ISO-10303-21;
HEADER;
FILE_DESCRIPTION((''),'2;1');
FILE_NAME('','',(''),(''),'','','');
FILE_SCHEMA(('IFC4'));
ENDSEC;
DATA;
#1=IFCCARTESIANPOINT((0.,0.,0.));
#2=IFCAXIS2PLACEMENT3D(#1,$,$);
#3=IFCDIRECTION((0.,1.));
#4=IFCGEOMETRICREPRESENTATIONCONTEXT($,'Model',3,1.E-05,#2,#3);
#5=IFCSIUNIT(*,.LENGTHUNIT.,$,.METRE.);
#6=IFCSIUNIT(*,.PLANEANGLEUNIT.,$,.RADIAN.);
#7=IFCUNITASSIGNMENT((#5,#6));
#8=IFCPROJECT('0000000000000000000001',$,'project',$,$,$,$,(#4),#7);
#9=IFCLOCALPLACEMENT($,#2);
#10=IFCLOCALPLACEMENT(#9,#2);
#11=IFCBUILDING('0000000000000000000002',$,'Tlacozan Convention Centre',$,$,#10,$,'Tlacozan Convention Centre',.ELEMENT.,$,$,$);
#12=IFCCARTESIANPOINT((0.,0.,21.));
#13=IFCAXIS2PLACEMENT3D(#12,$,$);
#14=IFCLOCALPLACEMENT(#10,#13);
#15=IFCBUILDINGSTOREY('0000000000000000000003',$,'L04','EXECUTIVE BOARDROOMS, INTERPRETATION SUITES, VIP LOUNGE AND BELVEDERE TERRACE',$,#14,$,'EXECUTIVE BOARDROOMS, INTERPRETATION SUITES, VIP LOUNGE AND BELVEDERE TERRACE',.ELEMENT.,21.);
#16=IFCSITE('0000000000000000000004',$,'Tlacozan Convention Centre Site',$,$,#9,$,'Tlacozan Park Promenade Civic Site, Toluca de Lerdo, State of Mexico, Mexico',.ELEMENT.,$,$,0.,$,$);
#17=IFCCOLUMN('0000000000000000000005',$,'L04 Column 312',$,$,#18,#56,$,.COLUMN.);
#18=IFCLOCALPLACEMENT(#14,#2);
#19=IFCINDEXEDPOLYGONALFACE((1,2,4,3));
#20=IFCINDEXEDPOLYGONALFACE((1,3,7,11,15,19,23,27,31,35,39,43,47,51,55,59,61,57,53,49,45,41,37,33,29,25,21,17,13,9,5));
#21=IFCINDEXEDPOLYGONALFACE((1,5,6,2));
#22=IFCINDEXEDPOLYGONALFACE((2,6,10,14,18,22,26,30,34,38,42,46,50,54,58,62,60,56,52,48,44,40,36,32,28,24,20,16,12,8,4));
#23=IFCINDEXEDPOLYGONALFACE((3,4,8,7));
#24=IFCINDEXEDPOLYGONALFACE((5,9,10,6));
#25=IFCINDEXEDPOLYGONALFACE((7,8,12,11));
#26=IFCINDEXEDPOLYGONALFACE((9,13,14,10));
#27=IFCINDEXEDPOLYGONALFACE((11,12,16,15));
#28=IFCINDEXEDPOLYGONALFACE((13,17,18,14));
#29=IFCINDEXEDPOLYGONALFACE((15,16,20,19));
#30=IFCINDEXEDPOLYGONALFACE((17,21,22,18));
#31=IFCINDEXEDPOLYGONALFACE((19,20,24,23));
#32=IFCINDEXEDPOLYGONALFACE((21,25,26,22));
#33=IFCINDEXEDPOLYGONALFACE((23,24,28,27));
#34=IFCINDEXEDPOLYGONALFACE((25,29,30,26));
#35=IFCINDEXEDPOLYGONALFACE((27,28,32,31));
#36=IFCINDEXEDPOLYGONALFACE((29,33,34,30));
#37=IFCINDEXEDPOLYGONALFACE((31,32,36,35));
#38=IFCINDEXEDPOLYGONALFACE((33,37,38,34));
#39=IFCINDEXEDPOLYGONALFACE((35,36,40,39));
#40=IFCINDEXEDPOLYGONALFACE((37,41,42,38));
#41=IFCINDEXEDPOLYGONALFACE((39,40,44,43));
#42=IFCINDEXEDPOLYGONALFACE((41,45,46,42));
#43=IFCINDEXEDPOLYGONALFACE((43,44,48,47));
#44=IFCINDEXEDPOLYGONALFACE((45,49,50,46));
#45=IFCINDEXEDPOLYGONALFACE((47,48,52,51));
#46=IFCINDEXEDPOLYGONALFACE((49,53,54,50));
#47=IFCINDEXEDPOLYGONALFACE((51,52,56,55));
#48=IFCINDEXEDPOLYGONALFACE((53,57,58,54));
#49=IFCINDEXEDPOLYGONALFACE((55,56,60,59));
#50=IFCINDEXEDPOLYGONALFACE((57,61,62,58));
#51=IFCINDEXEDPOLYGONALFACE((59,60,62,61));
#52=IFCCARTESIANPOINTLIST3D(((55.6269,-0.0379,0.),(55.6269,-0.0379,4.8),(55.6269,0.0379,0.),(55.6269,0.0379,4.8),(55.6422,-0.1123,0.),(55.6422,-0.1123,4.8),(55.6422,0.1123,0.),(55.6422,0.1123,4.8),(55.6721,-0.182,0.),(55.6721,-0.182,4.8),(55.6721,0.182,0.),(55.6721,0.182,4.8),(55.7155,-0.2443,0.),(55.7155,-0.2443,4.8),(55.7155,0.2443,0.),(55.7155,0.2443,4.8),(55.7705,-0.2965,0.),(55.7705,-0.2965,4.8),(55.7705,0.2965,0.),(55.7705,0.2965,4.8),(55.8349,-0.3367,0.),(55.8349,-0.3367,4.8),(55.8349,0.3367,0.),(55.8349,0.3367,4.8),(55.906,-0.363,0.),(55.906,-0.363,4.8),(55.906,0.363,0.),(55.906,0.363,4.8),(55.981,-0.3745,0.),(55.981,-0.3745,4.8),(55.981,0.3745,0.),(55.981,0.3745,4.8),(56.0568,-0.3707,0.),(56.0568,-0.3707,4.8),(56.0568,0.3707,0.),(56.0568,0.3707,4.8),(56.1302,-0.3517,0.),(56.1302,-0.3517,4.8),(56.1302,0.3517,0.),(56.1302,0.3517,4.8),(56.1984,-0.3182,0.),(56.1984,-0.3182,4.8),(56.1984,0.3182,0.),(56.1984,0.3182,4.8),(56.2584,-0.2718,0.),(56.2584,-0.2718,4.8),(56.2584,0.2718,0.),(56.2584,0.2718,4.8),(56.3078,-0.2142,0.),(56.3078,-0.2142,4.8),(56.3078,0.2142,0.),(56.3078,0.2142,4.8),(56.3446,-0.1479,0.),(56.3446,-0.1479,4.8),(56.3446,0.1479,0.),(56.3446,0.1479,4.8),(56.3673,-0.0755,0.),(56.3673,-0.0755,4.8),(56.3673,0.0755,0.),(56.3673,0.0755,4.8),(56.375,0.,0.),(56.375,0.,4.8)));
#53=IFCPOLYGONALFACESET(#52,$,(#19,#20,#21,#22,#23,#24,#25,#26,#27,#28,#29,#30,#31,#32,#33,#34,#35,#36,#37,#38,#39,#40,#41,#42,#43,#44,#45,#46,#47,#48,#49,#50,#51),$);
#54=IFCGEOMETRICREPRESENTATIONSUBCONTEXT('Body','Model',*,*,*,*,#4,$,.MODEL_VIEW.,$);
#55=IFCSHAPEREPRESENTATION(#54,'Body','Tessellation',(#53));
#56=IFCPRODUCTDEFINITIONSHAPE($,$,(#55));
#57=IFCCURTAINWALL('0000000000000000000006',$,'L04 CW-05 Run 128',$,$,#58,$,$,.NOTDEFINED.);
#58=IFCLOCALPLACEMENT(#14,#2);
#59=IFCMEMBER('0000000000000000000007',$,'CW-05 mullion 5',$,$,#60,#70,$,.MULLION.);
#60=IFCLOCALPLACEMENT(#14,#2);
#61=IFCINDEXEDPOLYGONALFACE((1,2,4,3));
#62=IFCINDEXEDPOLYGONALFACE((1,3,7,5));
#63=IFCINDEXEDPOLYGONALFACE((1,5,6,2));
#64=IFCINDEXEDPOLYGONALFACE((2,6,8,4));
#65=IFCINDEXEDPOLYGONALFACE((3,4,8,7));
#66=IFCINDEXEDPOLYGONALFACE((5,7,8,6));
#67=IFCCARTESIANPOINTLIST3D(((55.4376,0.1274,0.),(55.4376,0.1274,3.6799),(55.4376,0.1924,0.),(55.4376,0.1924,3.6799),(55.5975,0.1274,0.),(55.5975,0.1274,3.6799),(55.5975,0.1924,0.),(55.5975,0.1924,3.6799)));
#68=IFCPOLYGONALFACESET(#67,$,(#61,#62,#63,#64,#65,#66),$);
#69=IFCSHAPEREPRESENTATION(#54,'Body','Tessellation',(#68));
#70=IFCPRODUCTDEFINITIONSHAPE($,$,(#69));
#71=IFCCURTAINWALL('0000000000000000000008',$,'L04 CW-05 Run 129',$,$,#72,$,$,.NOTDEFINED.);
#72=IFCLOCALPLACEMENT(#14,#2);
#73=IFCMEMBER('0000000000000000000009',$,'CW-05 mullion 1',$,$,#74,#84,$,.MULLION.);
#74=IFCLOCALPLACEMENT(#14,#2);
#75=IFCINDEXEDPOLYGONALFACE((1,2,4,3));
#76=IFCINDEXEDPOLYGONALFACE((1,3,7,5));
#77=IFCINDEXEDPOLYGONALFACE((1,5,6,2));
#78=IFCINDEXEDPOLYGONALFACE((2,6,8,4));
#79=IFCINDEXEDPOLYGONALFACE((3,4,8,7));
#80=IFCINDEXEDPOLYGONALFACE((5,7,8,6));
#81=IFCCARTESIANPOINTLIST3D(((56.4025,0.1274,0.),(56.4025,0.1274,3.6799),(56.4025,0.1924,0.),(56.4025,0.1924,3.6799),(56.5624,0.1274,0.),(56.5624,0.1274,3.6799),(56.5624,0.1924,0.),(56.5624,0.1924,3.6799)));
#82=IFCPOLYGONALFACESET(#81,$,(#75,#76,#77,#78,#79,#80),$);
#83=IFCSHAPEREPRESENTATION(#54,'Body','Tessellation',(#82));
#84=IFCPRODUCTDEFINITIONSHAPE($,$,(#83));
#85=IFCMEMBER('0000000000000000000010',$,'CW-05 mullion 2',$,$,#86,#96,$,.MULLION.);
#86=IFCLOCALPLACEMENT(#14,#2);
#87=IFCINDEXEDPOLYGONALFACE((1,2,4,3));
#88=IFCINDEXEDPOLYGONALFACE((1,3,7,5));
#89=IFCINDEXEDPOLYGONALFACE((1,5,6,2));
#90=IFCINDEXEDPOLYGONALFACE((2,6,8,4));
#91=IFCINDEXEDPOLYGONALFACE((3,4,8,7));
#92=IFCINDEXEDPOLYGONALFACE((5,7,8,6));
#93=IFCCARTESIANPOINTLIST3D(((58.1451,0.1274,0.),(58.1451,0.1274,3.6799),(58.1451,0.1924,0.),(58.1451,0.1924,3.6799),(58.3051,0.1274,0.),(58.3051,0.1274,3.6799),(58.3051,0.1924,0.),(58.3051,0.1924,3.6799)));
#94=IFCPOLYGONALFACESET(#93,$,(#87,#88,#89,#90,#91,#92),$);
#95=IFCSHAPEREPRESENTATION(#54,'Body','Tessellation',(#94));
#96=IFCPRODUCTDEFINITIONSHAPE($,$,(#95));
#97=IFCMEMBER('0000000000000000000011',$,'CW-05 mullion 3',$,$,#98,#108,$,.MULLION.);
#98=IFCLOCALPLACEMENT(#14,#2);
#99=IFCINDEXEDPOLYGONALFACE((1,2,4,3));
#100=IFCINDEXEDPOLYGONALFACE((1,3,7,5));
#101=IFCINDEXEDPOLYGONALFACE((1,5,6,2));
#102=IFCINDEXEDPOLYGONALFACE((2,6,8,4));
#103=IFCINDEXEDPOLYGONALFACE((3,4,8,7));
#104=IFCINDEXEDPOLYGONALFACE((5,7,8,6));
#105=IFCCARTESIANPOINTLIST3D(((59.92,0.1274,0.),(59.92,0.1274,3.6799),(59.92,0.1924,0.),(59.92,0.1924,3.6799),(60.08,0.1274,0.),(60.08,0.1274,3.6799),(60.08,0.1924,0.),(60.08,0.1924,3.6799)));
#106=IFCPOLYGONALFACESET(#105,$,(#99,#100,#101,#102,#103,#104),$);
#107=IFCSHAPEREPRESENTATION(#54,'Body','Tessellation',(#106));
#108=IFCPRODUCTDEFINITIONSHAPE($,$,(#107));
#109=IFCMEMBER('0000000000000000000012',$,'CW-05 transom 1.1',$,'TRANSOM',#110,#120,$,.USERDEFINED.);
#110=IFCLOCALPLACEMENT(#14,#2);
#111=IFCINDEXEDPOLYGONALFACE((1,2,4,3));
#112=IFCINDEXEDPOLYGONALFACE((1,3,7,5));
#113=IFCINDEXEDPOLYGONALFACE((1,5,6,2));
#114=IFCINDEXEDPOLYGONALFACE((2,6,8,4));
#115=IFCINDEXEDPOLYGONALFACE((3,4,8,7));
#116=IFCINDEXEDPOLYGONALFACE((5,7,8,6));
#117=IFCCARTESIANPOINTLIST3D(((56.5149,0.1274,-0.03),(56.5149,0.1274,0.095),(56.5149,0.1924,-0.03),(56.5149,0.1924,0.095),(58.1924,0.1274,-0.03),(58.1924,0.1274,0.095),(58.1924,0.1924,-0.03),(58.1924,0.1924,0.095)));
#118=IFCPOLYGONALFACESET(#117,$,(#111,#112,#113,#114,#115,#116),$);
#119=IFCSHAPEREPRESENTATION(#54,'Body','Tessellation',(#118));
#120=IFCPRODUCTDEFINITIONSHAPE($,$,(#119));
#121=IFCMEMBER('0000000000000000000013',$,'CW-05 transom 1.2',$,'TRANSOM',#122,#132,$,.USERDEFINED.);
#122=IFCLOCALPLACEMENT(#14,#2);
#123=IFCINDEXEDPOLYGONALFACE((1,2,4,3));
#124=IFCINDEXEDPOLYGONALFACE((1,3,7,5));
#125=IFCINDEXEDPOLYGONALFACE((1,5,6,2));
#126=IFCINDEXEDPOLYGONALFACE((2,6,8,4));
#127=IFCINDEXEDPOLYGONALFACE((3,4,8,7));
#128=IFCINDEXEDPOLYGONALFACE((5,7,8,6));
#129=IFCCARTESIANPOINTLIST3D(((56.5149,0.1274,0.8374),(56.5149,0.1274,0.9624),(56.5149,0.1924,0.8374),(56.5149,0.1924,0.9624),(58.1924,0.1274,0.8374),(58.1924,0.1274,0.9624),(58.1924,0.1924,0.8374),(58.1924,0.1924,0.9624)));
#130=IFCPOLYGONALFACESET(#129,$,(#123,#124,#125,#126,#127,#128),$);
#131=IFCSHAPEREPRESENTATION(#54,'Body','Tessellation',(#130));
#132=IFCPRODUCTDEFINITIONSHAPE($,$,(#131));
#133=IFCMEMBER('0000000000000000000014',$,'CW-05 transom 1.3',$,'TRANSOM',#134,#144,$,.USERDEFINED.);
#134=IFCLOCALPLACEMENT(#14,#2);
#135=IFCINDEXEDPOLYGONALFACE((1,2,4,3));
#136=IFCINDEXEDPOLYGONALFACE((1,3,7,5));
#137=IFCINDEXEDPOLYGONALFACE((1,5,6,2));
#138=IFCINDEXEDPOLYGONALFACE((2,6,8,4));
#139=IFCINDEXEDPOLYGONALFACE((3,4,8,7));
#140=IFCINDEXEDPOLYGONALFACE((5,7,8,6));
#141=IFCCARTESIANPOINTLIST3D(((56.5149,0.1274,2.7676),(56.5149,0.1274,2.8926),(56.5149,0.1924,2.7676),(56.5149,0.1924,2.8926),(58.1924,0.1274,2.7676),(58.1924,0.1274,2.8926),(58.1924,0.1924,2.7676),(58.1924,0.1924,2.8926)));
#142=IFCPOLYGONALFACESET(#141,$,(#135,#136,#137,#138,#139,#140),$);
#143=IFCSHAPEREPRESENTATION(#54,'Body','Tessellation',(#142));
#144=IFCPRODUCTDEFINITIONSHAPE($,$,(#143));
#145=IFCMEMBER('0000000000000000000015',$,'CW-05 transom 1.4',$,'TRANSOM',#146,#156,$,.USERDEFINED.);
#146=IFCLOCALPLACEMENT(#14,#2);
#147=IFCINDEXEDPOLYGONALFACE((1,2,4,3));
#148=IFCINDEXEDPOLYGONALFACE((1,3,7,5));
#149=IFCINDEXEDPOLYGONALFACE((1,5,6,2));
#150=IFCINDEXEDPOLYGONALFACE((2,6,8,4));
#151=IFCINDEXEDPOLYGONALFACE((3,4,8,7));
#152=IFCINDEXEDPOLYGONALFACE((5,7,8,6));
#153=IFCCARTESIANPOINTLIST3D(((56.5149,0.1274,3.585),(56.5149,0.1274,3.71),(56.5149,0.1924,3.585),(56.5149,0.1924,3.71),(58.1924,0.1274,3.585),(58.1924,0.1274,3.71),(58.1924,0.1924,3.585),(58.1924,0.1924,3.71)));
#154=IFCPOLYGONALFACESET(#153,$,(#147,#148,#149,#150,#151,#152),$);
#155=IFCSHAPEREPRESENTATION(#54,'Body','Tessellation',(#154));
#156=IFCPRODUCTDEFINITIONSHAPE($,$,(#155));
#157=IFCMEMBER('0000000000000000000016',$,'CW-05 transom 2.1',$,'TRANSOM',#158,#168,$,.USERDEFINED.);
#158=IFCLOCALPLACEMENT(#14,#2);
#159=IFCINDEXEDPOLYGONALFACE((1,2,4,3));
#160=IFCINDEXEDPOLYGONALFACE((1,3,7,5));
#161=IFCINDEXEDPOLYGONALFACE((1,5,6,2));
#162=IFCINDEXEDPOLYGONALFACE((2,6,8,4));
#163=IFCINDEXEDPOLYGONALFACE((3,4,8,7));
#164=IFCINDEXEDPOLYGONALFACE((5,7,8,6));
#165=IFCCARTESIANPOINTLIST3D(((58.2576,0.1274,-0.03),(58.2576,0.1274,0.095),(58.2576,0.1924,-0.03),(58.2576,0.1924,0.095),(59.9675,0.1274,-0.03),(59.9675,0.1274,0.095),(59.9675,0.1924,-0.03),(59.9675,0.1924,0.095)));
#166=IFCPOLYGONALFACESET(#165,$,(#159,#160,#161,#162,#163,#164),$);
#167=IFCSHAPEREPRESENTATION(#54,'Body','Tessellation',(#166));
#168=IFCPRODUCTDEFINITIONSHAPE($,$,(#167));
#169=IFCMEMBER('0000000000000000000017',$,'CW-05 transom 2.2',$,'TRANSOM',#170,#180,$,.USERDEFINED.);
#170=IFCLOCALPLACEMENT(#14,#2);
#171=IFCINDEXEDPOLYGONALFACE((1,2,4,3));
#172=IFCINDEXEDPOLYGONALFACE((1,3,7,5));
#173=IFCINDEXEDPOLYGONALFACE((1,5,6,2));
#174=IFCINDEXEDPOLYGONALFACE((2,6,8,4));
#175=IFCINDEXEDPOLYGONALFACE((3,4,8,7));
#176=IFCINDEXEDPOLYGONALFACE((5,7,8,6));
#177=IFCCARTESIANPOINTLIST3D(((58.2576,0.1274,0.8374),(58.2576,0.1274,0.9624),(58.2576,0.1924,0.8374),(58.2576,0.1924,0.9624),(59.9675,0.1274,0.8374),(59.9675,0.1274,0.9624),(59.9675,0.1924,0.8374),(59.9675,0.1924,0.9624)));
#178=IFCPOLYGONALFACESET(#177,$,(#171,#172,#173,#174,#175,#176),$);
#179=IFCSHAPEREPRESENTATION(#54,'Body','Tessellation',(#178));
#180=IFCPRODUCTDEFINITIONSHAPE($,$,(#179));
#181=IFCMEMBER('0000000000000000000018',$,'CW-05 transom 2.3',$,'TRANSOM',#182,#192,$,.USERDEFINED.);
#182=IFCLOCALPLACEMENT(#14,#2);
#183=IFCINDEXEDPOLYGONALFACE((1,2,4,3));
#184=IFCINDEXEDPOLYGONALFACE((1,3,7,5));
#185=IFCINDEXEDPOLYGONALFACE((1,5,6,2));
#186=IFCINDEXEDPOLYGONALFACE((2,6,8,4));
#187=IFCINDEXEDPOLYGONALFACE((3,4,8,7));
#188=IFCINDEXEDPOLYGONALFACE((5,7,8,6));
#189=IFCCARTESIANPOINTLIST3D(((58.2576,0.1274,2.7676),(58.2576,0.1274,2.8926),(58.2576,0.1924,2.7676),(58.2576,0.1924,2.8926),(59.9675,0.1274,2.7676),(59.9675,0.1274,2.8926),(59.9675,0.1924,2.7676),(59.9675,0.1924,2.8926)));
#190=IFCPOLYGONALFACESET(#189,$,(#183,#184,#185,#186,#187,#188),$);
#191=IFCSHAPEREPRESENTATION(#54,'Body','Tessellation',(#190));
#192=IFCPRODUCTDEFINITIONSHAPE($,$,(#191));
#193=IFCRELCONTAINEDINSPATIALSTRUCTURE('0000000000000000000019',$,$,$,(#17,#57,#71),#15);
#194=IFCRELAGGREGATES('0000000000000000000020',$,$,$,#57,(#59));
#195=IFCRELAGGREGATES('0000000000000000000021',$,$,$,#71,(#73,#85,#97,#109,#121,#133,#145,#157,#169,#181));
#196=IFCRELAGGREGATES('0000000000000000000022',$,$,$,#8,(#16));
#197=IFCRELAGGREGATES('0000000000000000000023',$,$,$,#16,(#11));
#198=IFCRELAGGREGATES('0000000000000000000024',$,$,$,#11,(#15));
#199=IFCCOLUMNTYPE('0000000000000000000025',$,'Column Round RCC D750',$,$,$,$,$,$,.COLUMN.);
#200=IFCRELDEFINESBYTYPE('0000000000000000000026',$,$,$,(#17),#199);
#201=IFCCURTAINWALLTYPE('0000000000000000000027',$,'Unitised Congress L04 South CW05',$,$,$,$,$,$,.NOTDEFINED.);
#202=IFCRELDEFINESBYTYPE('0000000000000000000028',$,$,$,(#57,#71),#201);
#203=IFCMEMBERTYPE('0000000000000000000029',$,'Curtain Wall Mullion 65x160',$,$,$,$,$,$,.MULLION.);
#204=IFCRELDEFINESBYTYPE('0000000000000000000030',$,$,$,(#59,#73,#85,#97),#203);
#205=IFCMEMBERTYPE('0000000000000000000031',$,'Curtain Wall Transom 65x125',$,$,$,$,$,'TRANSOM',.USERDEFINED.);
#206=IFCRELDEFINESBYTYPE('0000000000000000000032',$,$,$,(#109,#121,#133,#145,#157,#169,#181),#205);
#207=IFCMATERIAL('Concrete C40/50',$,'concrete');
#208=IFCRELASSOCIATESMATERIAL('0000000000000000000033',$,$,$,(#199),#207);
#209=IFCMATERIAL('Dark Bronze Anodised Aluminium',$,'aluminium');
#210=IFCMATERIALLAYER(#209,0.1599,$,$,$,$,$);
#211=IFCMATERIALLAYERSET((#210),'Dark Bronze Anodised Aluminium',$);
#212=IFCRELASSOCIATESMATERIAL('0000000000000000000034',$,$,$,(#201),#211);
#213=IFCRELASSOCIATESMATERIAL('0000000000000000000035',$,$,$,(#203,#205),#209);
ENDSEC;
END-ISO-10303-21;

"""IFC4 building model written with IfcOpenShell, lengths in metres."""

from ifc_helpers import new_model, si_unit, direction, frame, origin, origin_2d, place, context, subcontext, project, spatial, rectangle, circle, extrude, material, layer, layer_set, material_profile, profile_set, type_object, element, aggregate, save


model = new_model("IFC4")

# Units and contexts
model_context = context("Model", 3, precision=1e-05, world=origin(), true_north=direction((0.0, 1.0)))
body_context = subcontext(model_context, "Body", "Model", "MODEL_VIEW")
ifc_project = project(units=[si_unit("LENGTHUNIT", "METRE"), si_unit("PLANEANGLEUNIT", "RADIAN")], contexts=[model_context])

# Site, building, storey
site_placement = place(None, origin())
site = spatial("IfcSite", under=ifc_project, at=site_placement, Name="Tlacozan Convention Centre Site", LongName="Tlacozan Park Promenade Civic Site, Toluca de Lerdo, State of Mexico, Mexico", CompositionType="ELEMENT", RefElevation=0.0)
building_placement = place(site_placement, origin())
building = spatial("IfcBuilding", under=site, at=building_placement, Name="Tlacozan Convention Centre", LongName="Tlacozan Convention Centre", CompositionType="ELEMENT")
storey_placement = place(building_placement, frame((0.0, 0.0, 21.0)))
storey = spatial("IfcBuildingStorey", under=building, at=storey_placement, Name="L04", Description="EXECUTIVE BOARDROOMS, INTERPRETATION SUITES, VIP LOUNGE AND BELVEDERE TERRACE", LongName="EXECUTIVE BOARDROOMS, INTERPRETATION SUITES, VIP LOUNGE AND BELVEDERE TERRACE", CompositionType="ELEMENT", Elevation=21.0)

# Column
ifc_material_1 = material(Name="Concrete C40/50", Category="concrete")
ifc_material_profile_1 = material_profile(ifc_material_1, circle(Radius=0.375, at=origin_2d()), Name="RCC D750")
ifc_profile_set_1 = profile_set([ifc_material_profile_1], Name="Concrete C40/50")
column_type = type_object("IfcColumnType", Name="Column Round RCC D750", PredefinedType="COLUMN", material=ifc_profile_set_1)
column_placement = place(storey_placement, frame((56.0, 0.0, 0.0), z_axis=(0.0, 0.0, 1.0), x_axis=(1.0, 0.0, 0.0)))
element("IfcColumn", 1, at=column_placement, inside=storey, type_object=column_type, Name="L04 Column 312", PredefinedType="COLUMN", context=body_context, shape_type="SweptSolid", body=[
    extrude(circle(Radius=0.375, at=origin_2d()), origin(), (0.0, 0.0, 1.0), 4.8),
])

# Curtain wall, member
ifc_material_2 = material(Name="Dark Bronze Anodised Aluminium", Category="aluminium")
ifc_layer_1 = layer(ifc_material_2, 0.1599)
ifc_layer_set_1 = layer_set([ifc_layer_1], Name="Dark Bronze Anodised Aluminium")
curtain_wall_type = type_object("IfcCurtainWallType", Name="Unitised Congress L04 South CW05", PredefinedType="NOTDEFINED", material=ifc_layer_set_1)
curtain_wall_1_placement = place(storey_placement, origin())
curtain_wall_1 = element("IfcCurtainWall", 2, at=curtain_wall_1_placement, inside=storey, type_object=curtain_wall_type, Name="L04 CW-05 Run 128", PredefinedType="NOTDEFINED")
ifc_material_profile_2 = material_profile(ifc_material_2, rectangle(XDim=0.0649, YDim=0.1599, at=origin_2d()), Name="ALU 65x160")
ifc_profile_set_2 = profile_set([ifc_material_profile_2], Name="Dark Bronze Anodised Aluminium")
member_type_1 = type_object("IfcMemberType", Name="Curtain Wall Mullion 65x160", PredefinedType="MULLION", material=ifc_profile_set_2)
member_1_placement = place(storey_placement, frame((55.5176, 0.1599, 0.0), z_axis=(0.0, 0.0, 1.0), x_axis=(0.0, 1.0, 0.0)))
member_1 = element("IfcMember", 3, at=member_1_placement, type_object=member_type_1, Name="CW-05 mullion 5", PredefinedType="MULLION", context=body_context, shape_type="SweptSolid", body=[
    extrude(rectangle(XDim=0.0649, YDim=0.1599, at=origin_2d()), origin(), (0.0, 0.0, 1.0), 3.6799),
])

# Curtain wall, members
curtain_wall_2_placement = place(storey_placement, origin())
curtain_wall_2 = element("IfcCurtainWall", 4, at=curtain_wall_2_placement, inside=storey, type_object=curtain_wall_type, Name="L04 CW-05 Run 129", PredefinedType="NOTDEFINED")
member_2_placement = place(storey_placement, frame((56.4824, 0.1599, 0.0), z_axis=(0.0, 0.0, 1.0), x_axis=(0.0, 1.0, 0.0)))
member_2 = element("IfcMember", 5, at=member_2_placement, type_object=member_type_1, Name="CW-05 mullion 1", PredefinedType="MULLION", context=body_context, shape_type="SweptSolid", body=[
    extrude(rectangle(XDim=0.0649, YDim=0.1599, at=origin_2d()), origin(), (0.0, 0.0, 1.0), 3.6799),
])
member_3_placement = place(storey_placement, frame((58.2251, 0.1599, 0.0), z_axis=(0.0, 0.0, 1.0), x_axis=(0.0, 1.0, 0.0)))
member_3 = element("IfcMember", 6, at=member_3_placement, type_object=member_type_1, Name="CW-05 mullion 2", PredefinedType="MULLION", context=body_context, shape_type="SweptSolid", body=[
    extrude(rectangle(XDim=0.0649, YDim=0.1599, at=origin_2d()), origin(), (0.0, 0.0, 1.0), 3.6799),
])
member_4_placement = place(storey_placement, frame((60.0, 0.1599, 0.0), z_axis=(0.0, 0.0, 1.0), x_axis=(0.0, 1.0, 0.0)))
member_4 = element("IfcMember", 7, at=member_4_placement, type_object=member_type_1, Name="CW-05 mullion 3", PredefinedType="MULLION", context=body_context, shape_type="SweptSolid", body=[
    extrude(rectangle(XDim=0.0649, YDim=0.1599, at=origin_2d()), origin(), (0.0, 0.0, 1.0), 3.6799),
])
ifc_material_profile_3 = material_profile(ifc_material_2, rectangle(XDim=0.0649, YDim=0.125, at=origin_2d()), Name="ALU 65x125")
ifc_profile_set_3 = profile_set([ifc_material_profile_3], Name="Dark Bronze Anodised Aluminium")
member_type_2 = type_object("IfcMemberType", Name="Curtain Wall Transom 65x125", ElementType="TRANSOM", PredefinedType="USERDEFINED", material=ifc_profile_set_3)
member_5_placement = place(storey_placement, frame((56.5149, 0.1599, 0.0325), z_axis=(1.0, 0.0, 0.0), x_axis=(0.0, 1.0, 0.0)))
member_5 = element("IfcMember", 8, at=member_5_placement, type_object=member_type_2, Name="CW-05 transom 1.1", ObjectType="TRANSOM", PredefinedType="USERDEFINED", context=body_context, shape_type="SweptSolid", body=[
    extrude(rectangle(XDim=0.0649, YDim=0.125, at=origin_2d()), origin(), (0.0, 0.0, 1.0), 1.6775),
])
member_6_placement = place(storey_placement, frame((56.5149, 0.1599, 0.8999), z_axis=(1.0, 0.0, 0.0), x_axis=(0.0, 1.0, 0.0)))
member_6 = element("IfcMember", 9, at=member_6_placement, type_object=member_type_2, Name="CW-05 transom 1.2", ObjectType="TRANSOM", PredefinedType="USERDEFINED", context=body_context, shape_type="SweptSolid", body=[
    extrude(rectangle(XDim=0.0649, YDim=0.125, at=origin_2d()), origin(), (0.0, 0.0, 1.0), 1.6775),
])
member_7_placement = place(storey_placement, frame((56.5149, 0.1599, 2.8301), z_axis=(1.0, 0.0, 0.0), x_axis=(0.0, 1.0, 0.0)))
member_7 = element("IfcMember", 10, at=member_7_placement, type_object=member_type_2, Name="CW-05 transom 1.3", ObjectType="TRANSOM", PredefinedType="USERDEFINED", context=body_context, shape_type="SweptSolid", body=[
    extrude(rectangle(XDim=0.0649, YDim=0.125, at=origin_2d()), origin(), (0.0, 0.0, 1.0), 1.6775),
])
member_8_placement = place(storey_placement, frame((56.5149, 0.1599, 3.6475), z_axis=(1.0, 0.0, 0.0), x_axis=(0.0, 1.0, 0.0)))
member_8 = element("IfcMember", 11, at=member_8_placement, type_object=member_type_2, Name="CW-05 transom 1.4", ObjectType="TRANSOM", PredefinedType="USERDEFINED", context=body_context, shape_type="SweptSolid", body=[
    extrude(rectangle(XDim=0.0649, YDim=0.125, at=origin_2d()), origin(), (0.0, 0.0, 1.0), 1.6775),
])
member_9_placement = place(storey_placement, frame((58.2576, 0.1599, 0.0325), z_axis=(1.0, 0.0, 0.0), x_axis=(0.0, 1.0, 0.0)))
member_9 = element("IfcMember", 12, at=member_9_placement, type_object=member_type_2, Name="CW-05 transom 2.1", ObjectType="TRANSOM", PredefinedType="USERDEFINED", context=body_context, shape_type="SweptSolid", body=[
    extrude(rectangle(XDim=0.0649, YDim=0.125, at=origin_2d()), origin(), (0.0, 0.0, 1.0), 1.71),
])
member_10_placement = place(storey_placement, frame((58.2576, 0.1599, 0.8999), z_axis=(1.0, 0.0, 0.0), x_axis=(0.0, 1.0, 0.0)))
member_10 = element("IfcMember", 13, at=member_10_placement, type_object=member_type_2, Name="CW-05 transom 2.2", ObjectType="TRANSOM", PredefinedType="USERDEFINED", context=body_context, shape_type="SweptSolid", body=[
    extrude(rectangle(XDim=0.0649, YDim=0.125, at=origin_2d()), origin(), (0.0, 0.0, 1.0), 1.71),
])
member_11_placement = place(storey_placement, frame((58.2576, 0.1599, 2.8301), z_axis=(1.0, 0.0, 0.0), x_axis=(0.0, 1.0, 0.0)))
member_11 = element("IfcMember", 14, at=member_11_placement, type_object=member_type_2, Name="CW-05 transom 2.3", ObjectType="TRANSOM", PredefinedType="USERDEFINED", context=body_context, shape_type="SweptSolid", body=[
    extrude(rectangle(XDim=0.0649, YDim=0.125, at=origin_2d()), origin(), (0.0, 0.0, 1.0), 1.71),
])

aggregate(curtain_wall_1, [member_1])
aggregate(curtain_wall_2, [member_2, member_3, member_4, member_5, member_6, member_7, member_8, member_9, member_10, member_11])

save(model, "model.ifc")
